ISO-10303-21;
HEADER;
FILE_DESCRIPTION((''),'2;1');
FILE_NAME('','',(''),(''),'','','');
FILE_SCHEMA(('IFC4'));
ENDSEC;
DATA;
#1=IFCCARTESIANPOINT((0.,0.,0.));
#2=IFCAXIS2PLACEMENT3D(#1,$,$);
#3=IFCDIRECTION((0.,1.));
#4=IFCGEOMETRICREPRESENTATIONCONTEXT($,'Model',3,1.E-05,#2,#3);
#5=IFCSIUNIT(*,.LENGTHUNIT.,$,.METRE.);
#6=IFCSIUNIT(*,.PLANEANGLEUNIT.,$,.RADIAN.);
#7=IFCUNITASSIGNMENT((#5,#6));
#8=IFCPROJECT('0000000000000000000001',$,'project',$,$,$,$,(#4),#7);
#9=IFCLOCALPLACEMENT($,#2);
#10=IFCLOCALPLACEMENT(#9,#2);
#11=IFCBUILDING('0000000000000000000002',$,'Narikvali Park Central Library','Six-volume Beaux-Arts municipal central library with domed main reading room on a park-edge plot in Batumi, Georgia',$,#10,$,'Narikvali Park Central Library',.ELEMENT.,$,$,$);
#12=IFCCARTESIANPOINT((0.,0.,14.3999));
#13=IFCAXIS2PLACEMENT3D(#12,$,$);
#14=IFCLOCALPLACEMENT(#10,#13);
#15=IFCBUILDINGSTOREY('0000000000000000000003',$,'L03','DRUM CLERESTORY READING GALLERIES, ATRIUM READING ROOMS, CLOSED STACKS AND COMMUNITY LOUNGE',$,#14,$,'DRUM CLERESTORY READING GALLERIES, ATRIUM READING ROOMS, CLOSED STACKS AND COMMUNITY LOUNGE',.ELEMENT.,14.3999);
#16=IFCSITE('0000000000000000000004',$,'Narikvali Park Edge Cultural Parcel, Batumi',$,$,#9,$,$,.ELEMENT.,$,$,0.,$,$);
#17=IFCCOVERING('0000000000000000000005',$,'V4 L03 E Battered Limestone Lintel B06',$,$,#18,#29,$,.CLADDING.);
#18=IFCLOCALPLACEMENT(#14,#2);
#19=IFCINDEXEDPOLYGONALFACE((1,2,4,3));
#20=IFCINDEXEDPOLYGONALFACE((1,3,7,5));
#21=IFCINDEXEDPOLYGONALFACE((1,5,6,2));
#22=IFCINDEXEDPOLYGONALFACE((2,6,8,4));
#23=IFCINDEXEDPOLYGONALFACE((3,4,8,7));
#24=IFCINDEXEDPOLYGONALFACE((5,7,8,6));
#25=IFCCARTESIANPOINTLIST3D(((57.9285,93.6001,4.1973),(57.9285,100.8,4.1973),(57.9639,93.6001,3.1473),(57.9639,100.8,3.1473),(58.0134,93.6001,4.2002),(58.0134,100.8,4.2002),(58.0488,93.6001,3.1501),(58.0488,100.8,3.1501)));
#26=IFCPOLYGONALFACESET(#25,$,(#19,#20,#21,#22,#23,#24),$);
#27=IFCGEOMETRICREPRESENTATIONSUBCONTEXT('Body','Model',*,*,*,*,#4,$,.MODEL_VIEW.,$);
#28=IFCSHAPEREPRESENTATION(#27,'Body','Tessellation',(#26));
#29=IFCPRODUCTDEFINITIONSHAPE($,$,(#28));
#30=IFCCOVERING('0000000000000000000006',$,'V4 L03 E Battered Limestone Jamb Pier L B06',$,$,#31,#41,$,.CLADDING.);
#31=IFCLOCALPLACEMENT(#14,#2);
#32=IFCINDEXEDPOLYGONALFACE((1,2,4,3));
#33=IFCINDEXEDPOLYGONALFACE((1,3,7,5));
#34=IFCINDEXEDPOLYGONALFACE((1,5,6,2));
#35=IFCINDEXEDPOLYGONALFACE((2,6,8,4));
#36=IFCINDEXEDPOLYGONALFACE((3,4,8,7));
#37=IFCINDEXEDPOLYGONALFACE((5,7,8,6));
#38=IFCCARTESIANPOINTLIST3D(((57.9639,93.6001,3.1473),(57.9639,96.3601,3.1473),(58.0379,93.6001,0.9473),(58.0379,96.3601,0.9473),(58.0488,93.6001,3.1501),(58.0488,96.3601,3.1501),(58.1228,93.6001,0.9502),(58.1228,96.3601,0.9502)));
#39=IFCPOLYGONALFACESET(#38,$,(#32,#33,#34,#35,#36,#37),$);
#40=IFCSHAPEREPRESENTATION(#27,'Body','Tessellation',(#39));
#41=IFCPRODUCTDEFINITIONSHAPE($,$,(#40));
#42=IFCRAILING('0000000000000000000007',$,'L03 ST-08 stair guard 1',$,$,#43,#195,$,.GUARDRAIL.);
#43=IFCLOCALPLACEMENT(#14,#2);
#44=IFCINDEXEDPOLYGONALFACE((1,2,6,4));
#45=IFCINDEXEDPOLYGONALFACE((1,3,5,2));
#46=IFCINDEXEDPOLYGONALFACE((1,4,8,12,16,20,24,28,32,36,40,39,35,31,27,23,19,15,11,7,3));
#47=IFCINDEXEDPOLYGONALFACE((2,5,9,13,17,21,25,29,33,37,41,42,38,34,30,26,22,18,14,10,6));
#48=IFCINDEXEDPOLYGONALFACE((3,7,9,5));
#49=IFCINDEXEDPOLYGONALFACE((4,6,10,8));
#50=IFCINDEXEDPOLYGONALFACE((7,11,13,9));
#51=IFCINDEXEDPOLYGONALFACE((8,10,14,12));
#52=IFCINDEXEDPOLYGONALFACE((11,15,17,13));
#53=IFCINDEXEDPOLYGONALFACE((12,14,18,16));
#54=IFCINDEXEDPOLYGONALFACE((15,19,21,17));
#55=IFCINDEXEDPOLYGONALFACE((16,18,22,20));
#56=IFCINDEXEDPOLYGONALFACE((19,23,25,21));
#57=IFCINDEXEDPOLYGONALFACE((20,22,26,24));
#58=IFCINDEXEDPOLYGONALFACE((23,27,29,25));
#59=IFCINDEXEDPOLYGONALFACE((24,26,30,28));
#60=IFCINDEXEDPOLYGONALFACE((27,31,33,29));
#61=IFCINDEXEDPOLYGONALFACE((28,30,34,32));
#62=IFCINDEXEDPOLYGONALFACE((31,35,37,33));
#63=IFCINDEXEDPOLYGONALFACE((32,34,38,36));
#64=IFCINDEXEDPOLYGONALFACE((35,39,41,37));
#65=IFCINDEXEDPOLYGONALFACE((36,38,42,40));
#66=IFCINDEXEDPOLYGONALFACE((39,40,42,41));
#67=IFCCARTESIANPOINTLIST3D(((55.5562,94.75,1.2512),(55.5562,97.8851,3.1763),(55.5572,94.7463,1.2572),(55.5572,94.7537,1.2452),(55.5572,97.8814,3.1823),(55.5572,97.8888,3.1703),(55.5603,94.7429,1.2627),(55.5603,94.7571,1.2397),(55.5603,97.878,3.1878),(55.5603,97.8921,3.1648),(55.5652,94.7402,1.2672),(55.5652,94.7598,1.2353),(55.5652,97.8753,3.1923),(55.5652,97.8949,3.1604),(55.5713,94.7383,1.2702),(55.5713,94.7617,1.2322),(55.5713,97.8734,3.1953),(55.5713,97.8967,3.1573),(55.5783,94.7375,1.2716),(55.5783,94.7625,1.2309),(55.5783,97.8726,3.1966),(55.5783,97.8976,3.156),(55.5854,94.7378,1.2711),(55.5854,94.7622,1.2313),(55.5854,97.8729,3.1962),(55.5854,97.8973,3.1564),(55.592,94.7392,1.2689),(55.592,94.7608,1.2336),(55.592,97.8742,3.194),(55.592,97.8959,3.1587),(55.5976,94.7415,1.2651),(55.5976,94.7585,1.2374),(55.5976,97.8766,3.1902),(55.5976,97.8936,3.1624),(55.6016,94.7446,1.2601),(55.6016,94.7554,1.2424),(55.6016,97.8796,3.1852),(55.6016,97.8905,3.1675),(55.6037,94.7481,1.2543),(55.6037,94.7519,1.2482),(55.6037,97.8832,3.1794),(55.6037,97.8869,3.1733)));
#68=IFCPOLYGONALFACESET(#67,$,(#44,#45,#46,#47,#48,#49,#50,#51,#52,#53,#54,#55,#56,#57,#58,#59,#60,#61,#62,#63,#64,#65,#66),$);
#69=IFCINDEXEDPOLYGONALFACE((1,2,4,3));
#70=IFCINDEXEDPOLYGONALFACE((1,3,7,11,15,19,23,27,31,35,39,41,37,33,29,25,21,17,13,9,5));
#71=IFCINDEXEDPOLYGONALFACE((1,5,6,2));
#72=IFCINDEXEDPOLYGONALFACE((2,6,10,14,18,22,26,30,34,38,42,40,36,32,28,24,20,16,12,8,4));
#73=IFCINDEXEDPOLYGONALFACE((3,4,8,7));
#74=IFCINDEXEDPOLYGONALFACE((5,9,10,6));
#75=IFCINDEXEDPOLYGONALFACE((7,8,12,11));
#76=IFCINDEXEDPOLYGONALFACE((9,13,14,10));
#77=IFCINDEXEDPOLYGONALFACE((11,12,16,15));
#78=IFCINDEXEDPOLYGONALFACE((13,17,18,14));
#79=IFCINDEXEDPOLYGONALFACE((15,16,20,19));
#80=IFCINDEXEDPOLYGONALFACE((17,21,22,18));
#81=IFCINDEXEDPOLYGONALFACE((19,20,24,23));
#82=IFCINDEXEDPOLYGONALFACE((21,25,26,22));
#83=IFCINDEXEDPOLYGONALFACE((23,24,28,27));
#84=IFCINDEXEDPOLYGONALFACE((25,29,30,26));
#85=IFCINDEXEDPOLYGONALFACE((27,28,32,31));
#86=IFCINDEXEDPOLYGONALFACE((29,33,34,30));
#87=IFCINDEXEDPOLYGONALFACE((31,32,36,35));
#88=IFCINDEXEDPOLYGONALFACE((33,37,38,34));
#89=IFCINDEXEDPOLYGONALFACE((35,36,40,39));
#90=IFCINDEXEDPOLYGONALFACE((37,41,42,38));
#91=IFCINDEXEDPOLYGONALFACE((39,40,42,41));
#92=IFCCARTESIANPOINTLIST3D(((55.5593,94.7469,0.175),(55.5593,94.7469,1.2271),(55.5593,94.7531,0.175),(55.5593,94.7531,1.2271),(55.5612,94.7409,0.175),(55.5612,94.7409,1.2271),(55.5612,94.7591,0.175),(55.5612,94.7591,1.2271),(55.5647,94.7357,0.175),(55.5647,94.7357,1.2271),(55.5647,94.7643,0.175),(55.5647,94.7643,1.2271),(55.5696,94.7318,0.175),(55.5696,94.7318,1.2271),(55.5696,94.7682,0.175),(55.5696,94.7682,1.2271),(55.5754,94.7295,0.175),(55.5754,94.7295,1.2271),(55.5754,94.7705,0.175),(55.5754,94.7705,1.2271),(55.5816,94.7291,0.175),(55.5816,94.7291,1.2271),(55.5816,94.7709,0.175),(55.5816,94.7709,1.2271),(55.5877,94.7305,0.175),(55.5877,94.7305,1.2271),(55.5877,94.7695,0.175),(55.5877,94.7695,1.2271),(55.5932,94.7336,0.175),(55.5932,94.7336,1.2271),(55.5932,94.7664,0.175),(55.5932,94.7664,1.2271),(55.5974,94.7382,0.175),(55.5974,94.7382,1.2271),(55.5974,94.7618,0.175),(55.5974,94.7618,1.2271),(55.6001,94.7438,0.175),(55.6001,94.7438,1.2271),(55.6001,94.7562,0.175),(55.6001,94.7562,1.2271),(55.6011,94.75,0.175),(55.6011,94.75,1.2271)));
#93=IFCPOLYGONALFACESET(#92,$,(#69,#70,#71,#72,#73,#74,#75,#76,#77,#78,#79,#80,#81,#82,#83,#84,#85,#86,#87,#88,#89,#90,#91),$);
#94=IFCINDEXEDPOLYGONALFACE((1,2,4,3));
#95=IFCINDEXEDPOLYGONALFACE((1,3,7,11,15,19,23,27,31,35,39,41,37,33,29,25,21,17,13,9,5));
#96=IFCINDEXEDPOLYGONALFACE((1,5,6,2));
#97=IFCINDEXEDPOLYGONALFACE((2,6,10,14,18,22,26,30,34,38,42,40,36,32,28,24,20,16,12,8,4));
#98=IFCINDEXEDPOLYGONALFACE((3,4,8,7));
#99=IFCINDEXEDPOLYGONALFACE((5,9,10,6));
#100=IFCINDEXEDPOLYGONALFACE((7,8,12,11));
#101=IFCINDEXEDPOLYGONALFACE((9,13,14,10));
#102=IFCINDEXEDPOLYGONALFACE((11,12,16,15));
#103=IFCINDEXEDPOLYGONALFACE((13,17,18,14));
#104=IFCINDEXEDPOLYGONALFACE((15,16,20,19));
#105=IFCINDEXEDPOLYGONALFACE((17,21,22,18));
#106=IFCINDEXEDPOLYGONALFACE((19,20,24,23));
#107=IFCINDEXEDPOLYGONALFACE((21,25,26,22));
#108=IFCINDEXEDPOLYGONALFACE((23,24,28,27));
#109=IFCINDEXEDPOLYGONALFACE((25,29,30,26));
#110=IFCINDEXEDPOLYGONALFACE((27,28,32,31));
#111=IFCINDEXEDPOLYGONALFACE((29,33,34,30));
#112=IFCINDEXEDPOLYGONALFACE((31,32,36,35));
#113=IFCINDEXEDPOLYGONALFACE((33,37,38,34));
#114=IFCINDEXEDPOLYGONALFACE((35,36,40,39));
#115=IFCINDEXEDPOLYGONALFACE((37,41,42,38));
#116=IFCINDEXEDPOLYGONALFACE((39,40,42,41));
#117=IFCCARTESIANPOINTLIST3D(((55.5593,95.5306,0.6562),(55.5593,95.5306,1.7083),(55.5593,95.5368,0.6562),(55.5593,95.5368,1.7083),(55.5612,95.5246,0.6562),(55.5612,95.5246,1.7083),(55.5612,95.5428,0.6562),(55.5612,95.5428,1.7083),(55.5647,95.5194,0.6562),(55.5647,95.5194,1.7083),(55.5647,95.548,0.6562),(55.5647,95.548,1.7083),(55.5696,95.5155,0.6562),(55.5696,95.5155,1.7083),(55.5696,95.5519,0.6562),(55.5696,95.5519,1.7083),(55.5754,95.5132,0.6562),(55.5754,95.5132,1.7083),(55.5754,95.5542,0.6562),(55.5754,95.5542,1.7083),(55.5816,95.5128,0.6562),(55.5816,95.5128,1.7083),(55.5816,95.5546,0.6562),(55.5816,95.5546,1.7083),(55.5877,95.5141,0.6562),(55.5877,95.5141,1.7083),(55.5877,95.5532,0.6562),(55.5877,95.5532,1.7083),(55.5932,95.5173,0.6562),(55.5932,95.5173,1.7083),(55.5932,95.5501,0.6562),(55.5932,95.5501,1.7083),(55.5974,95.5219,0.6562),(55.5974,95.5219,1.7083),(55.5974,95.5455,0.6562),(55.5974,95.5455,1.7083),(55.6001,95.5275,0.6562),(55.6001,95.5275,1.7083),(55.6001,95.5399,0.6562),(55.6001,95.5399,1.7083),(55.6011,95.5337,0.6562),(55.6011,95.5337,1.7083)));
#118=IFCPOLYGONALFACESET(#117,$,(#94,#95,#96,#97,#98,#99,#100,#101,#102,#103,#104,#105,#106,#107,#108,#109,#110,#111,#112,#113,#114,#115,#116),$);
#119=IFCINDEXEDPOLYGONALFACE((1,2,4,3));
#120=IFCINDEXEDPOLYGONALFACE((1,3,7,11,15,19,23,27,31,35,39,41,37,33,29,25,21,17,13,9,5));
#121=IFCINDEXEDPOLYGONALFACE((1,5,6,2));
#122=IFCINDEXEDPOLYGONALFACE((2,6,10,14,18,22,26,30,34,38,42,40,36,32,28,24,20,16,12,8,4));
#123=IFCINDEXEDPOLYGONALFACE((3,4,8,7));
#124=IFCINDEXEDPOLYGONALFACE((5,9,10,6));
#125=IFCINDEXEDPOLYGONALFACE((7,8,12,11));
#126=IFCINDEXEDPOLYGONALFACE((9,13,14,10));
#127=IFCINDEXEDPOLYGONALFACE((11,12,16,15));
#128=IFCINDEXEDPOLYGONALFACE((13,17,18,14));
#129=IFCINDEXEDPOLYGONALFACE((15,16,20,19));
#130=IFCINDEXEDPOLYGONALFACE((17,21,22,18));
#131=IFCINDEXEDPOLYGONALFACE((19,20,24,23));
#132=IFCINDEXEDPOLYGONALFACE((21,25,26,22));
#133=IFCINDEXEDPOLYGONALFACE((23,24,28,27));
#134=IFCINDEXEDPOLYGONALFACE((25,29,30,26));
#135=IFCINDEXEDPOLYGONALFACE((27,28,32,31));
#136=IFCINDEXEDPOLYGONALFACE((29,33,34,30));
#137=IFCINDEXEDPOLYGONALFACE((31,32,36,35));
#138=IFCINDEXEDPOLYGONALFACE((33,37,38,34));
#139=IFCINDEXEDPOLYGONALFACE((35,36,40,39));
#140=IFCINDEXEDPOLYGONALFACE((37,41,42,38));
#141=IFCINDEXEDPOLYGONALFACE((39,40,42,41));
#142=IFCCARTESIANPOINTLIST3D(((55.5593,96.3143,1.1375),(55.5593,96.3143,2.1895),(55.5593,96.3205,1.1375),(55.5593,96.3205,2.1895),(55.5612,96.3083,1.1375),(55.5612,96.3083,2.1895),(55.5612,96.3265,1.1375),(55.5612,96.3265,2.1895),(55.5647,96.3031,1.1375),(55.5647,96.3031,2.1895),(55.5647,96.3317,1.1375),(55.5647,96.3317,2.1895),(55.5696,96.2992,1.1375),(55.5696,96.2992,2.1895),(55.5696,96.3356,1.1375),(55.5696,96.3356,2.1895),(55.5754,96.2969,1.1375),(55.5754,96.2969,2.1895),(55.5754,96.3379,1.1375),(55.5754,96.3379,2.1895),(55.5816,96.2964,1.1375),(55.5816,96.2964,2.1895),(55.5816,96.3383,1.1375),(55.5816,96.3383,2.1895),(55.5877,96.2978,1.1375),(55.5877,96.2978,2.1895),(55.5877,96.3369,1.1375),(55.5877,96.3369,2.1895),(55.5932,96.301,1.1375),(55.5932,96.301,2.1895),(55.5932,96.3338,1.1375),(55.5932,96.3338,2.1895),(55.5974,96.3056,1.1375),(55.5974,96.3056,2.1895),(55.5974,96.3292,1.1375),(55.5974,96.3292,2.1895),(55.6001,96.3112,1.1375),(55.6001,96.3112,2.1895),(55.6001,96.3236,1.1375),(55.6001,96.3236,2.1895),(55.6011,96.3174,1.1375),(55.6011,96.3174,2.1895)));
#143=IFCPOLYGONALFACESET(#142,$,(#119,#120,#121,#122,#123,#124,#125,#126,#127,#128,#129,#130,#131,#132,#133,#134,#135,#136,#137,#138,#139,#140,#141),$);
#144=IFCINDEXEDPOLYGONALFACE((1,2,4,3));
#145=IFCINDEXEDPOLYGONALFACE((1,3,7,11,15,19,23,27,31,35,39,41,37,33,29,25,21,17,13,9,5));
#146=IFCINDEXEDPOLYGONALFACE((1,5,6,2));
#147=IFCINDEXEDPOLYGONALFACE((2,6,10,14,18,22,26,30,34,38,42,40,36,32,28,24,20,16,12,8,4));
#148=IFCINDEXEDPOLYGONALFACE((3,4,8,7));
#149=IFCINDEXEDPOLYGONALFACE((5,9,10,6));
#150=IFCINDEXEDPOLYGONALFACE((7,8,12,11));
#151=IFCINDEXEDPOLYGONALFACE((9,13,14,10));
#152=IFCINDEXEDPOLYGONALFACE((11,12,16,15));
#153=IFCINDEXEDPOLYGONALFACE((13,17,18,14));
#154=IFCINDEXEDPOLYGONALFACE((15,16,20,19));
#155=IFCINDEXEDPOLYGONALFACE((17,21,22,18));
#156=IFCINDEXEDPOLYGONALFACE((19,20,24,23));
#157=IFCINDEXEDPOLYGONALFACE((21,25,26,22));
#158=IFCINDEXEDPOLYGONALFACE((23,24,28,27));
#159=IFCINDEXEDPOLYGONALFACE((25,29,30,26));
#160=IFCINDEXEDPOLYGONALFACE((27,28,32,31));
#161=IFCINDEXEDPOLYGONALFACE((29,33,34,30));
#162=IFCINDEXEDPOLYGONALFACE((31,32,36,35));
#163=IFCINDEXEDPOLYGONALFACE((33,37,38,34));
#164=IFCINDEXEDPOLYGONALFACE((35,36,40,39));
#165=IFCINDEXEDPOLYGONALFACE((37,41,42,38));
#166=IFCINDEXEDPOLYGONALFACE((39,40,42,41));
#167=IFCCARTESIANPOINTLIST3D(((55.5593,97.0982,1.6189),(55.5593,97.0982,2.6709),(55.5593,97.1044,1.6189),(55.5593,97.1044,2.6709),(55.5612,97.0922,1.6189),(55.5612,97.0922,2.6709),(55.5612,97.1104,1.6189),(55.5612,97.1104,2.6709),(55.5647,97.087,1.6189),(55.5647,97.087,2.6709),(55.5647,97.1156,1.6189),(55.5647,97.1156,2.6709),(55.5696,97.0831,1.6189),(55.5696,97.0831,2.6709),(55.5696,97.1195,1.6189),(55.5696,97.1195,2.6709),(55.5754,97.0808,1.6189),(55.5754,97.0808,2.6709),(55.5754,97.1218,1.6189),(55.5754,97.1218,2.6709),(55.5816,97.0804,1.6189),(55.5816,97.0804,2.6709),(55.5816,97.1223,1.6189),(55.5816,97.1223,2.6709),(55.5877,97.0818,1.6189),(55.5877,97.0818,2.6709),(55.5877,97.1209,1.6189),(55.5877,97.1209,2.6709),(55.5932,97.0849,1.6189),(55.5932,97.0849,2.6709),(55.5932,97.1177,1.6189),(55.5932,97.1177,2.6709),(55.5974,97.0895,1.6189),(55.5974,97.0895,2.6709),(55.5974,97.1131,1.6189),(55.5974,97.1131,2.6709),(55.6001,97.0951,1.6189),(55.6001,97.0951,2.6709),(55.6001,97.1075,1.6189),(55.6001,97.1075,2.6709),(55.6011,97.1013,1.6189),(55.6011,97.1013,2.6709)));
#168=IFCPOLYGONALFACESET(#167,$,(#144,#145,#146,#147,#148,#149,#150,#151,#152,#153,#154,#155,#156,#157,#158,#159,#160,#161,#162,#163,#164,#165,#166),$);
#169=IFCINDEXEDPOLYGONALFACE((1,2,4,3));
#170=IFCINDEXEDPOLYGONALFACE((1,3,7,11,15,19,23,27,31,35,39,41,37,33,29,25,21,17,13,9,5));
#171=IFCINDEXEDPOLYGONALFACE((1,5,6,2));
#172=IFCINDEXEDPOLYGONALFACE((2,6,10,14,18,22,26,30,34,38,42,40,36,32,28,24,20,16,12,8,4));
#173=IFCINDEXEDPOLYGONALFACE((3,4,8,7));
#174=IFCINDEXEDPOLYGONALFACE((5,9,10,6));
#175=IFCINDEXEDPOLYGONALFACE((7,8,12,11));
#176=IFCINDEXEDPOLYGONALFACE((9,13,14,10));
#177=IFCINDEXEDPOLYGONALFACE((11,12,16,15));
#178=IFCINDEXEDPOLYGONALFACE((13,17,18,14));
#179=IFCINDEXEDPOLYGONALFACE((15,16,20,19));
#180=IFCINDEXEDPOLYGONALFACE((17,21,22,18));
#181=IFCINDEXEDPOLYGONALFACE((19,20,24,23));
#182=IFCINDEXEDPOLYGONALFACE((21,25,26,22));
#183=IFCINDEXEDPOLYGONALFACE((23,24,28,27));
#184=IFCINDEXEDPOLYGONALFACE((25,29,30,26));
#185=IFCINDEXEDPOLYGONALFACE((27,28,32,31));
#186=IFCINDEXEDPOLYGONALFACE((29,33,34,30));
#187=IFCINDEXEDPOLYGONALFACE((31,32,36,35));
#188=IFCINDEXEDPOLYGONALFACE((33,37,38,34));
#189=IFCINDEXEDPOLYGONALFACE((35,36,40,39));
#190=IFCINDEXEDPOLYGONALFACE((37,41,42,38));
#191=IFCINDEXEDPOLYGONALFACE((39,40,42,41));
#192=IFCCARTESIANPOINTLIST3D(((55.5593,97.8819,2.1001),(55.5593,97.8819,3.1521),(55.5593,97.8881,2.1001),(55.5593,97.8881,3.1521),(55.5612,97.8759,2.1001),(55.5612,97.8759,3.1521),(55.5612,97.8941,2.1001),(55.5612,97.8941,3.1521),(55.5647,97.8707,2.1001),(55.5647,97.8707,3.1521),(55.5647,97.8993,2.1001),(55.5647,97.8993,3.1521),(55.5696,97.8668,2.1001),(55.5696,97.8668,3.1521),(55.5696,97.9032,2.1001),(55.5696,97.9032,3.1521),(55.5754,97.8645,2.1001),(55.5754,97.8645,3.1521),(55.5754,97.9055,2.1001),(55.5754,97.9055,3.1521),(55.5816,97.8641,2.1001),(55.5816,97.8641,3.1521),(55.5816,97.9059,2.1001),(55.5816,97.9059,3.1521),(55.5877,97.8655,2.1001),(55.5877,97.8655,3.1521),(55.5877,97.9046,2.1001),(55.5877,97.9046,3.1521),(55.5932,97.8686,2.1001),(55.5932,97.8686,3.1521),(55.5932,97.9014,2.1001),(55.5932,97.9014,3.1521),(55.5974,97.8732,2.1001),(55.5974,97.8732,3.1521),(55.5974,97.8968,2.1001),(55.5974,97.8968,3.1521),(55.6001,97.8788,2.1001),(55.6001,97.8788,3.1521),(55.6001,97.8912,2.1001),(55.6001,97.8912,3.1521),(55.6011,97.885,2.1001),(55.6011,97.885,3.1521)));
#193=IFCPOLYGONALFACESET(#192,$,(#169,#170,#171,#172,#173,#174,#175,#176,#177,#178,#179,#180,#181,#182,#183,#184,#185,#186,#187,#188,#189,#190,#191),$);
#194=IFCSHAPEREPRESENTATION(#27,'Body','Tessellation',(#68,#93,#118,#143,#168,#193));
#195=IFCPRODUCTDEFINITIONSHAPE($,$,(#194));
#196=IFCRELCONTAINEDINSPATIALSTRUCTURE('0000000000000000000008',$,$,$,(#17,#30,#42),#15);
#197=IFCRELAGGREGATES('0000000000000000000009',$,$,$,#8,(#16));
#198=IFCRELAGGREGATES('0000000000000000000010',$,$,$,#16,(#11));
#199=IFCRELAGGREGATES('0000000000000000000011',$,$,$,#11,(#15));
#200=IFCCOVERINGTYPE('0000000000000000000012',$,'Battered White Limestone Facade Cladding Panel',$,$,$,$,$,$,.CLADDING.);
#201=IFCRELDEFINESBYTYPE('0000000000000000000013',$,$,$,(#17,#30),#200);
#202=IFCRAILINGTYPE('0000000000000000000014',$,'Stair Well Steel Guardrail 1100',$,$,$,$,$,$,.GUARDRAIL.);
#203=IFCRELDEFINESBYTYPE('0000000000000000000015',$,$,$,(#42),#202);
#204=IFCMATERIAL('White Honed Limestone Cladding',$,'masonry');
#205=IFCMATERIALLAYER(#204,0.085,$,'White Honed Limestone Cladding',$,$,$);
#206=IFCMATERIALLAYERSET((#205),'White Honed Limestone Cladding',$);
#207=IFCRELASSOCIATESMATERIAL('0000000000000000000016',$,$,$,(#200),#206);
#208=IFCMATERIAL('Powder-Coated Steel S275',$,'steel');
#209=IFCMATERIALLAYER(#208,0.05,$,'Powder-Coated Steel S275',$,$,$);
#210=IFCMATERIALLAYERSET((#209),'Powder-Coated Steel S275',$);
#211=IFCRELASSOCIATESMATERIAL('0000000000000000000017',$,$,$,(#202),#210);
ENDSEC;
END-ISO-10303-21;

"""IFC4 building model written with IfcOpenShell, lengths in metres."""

from ifc_helpers import new_model, si_unit, direction, frame, origin, origin_2d, place, context, subcontext, project, spatial, polyline, circle, outline, extrude, material, layer, layer_set, type_object, element, save


model = new_model("IFC4")

# Units and contexts
model_context = context("Model", 3, precision=1e-05, world=origin(), true_north=direction((0.0, 1.0)))
body_context = subcontext(model_context, "Body", "Model", "MODEL_VIEW")
ifc_project = project(units=[si_unit("LENGTHUNIT", "METRE"), si_unit("PLANEANGLEUNIT", "RADIAN")], contexts=[model_context])

# Site, building, storey
site_placement = place(None, origin())
site = spatial("IfcSite", under=ifc_project, at=site_placement, Name="Narikvali Park Edge Cultural Parcel, Batumi", CompositionType="ELEMENT", RefElevation=0.0)
building_placement = place(site_placement, origin())
building = spatial("IfcBuilding", under=site, at=building_placement, Name="Narikvali Park Central Library", Description="Six-volume Beaux-Arts municipal central library with domed main reading room on a park-edge plot in Batumi, Georgia", LongName="Narikvali Park Central Library", CompositionType="ELEMENT")
storey_placement = place(building_placement, frame((0.0, 0.0, 14.3999)))
storey = spatial("IfcBuildingStorey", under=building, at=storey_placement, Name="L03", Description="DRUM CLERESTORY READING GALLERIES, ATRIUM READING ROOMS, CLOSED STACKS AND COMMUNITY LOUNGE", LongName="DRUM CLERESTORY READING GALLERIES, ATRIUM READING ROOMS, CLOSED STACKS AND COMMUNITY LOUNGE", CompositionType="ELEMENT", Elevation=14.3999)

# Coverings
ifc_material_1 = material(Name="White Honed Limestone Cladding", Category="masonry")
ifc_layer_1 = layer(ifc_material_1, 0.085, Name="White Honed Limestone Cladding")
ifc_layer_set_1 = layer_set([ifc_layer_1], Name="White Honed Limestone Cladding")
covering_type = type_object("IfcCoveringType", Name="Battered White Limestone Facade Cladding Panel", PredefinedType="CLADDING", material=ifc_layer_set_1)
covering_1_placement = place(storey_placement, frame((58.0488, 93.6001, 3.1501), z_axis=(0.999432, 0.0, 0.033694), x_axis=(0.0, 1.0, 0.0)))
element("IfcCovering", 1, at=covering_1_placement, inside=storey, type_object=covering_type, Name="V4 L03 E Battered Limestone Lintel B06", PredefinedType="CLADDING", context=body_context, shape_type="SweptSolid", body=[
    extrude(outline(polyline([(0.0, 0.0), (7.2, 0.0), (7.2, 1.0506), (0.0, 1.0506), (0.0, 0.0)])), origin(), (0.0, 0.0, -1.0), 0.085),
])
covering_2_placement = place(storey_placement, frame((58.1228, 93.6001, 0.9502), z_axis=(0.999435, 0.0, 0.033607), x_axis=(0.0, 1.0, 0.0)))
element("IfcCovering", 2, at=covering_2_placement, inside=storey, type_object=covering_type, Name="V4 L03 E Battered Limestone Jamb Pier L B06", PredefinedType="CLADDING", context=body_context, shape_type="SweptSolid", body=[
    extrude(outline(polyline([(0.0, 0.0), (2.76, 0.0), (2.76, 2.2012), (0.0, 2.2012), (0.0, 0.0)])), origin(), (0.0, 0.0, -1.0), 0.085),
])

# Railing
ifc_material_2 = material(Name="Powder-Coated Steel S275", Category="steel")
ifc_layer_2 = layer(ifc_material_2, 0.05, Name="Powder-Coated Steel S275")
ifc_layer_set_2 = layer_set([ifc_layer_2], Name="Powder-Coated Steel S275")
railing_type = type_object("IfcRailingType", Name="Stair Well Steel Guardrail 1100", PredefinedType="GUARDRAIL", material=ifc_layer_set_2)
railing_1_placement = place(storey_placement, frame((55.5801, 94.75, 0.175)))
element("IfcRailing", 3, at=railing_1_placement, inside=storey, type_object=railing_type, Name="L03 ST-08 stair guard 1", PredefinedType="GUARDRAIL", context=body_context, shape_type="SweptSolid", body=[
    extrude(circle(Radius=0.0239, at=origin_2d()), frame((0.0, 0.0, 1.0762), z_axis=(0.0, 0.852166, 0.523271), x_axis=(-1.0, 0.0, 0.0)), (0.0, 0.0, 1.0), 3.679),
    extrude(circle(Radius=0.021, at=origin_2d()), origin(), (0.0, 0.0, 1.0), 1.052),
    extrude(circle(Radius=0.021, at=origin_2d()), frame((0.0, 0.7837, 0.4812)), (0.0, 0.0, 1.0), 1.052),
    extrude(circle(Radius=0.021, at=origin_2d()), frame((0.0, 1.5674, 0.9624)), (0.0, 0.0, 1.0), 1.052),
    extrude(circle(Radius=0.021, at=origin_2d()), frame((0.0, 2.3513, 1.4438)), (0.0, 0.0, 1.0), 1.052),
    extrude(circle(Radius=0.021, at=origin_2d()), frame((0.0, 3.135, 1.925)), (0.0, 0.0, 1.0), 1.052),
])

save(model, "model.ifc")
